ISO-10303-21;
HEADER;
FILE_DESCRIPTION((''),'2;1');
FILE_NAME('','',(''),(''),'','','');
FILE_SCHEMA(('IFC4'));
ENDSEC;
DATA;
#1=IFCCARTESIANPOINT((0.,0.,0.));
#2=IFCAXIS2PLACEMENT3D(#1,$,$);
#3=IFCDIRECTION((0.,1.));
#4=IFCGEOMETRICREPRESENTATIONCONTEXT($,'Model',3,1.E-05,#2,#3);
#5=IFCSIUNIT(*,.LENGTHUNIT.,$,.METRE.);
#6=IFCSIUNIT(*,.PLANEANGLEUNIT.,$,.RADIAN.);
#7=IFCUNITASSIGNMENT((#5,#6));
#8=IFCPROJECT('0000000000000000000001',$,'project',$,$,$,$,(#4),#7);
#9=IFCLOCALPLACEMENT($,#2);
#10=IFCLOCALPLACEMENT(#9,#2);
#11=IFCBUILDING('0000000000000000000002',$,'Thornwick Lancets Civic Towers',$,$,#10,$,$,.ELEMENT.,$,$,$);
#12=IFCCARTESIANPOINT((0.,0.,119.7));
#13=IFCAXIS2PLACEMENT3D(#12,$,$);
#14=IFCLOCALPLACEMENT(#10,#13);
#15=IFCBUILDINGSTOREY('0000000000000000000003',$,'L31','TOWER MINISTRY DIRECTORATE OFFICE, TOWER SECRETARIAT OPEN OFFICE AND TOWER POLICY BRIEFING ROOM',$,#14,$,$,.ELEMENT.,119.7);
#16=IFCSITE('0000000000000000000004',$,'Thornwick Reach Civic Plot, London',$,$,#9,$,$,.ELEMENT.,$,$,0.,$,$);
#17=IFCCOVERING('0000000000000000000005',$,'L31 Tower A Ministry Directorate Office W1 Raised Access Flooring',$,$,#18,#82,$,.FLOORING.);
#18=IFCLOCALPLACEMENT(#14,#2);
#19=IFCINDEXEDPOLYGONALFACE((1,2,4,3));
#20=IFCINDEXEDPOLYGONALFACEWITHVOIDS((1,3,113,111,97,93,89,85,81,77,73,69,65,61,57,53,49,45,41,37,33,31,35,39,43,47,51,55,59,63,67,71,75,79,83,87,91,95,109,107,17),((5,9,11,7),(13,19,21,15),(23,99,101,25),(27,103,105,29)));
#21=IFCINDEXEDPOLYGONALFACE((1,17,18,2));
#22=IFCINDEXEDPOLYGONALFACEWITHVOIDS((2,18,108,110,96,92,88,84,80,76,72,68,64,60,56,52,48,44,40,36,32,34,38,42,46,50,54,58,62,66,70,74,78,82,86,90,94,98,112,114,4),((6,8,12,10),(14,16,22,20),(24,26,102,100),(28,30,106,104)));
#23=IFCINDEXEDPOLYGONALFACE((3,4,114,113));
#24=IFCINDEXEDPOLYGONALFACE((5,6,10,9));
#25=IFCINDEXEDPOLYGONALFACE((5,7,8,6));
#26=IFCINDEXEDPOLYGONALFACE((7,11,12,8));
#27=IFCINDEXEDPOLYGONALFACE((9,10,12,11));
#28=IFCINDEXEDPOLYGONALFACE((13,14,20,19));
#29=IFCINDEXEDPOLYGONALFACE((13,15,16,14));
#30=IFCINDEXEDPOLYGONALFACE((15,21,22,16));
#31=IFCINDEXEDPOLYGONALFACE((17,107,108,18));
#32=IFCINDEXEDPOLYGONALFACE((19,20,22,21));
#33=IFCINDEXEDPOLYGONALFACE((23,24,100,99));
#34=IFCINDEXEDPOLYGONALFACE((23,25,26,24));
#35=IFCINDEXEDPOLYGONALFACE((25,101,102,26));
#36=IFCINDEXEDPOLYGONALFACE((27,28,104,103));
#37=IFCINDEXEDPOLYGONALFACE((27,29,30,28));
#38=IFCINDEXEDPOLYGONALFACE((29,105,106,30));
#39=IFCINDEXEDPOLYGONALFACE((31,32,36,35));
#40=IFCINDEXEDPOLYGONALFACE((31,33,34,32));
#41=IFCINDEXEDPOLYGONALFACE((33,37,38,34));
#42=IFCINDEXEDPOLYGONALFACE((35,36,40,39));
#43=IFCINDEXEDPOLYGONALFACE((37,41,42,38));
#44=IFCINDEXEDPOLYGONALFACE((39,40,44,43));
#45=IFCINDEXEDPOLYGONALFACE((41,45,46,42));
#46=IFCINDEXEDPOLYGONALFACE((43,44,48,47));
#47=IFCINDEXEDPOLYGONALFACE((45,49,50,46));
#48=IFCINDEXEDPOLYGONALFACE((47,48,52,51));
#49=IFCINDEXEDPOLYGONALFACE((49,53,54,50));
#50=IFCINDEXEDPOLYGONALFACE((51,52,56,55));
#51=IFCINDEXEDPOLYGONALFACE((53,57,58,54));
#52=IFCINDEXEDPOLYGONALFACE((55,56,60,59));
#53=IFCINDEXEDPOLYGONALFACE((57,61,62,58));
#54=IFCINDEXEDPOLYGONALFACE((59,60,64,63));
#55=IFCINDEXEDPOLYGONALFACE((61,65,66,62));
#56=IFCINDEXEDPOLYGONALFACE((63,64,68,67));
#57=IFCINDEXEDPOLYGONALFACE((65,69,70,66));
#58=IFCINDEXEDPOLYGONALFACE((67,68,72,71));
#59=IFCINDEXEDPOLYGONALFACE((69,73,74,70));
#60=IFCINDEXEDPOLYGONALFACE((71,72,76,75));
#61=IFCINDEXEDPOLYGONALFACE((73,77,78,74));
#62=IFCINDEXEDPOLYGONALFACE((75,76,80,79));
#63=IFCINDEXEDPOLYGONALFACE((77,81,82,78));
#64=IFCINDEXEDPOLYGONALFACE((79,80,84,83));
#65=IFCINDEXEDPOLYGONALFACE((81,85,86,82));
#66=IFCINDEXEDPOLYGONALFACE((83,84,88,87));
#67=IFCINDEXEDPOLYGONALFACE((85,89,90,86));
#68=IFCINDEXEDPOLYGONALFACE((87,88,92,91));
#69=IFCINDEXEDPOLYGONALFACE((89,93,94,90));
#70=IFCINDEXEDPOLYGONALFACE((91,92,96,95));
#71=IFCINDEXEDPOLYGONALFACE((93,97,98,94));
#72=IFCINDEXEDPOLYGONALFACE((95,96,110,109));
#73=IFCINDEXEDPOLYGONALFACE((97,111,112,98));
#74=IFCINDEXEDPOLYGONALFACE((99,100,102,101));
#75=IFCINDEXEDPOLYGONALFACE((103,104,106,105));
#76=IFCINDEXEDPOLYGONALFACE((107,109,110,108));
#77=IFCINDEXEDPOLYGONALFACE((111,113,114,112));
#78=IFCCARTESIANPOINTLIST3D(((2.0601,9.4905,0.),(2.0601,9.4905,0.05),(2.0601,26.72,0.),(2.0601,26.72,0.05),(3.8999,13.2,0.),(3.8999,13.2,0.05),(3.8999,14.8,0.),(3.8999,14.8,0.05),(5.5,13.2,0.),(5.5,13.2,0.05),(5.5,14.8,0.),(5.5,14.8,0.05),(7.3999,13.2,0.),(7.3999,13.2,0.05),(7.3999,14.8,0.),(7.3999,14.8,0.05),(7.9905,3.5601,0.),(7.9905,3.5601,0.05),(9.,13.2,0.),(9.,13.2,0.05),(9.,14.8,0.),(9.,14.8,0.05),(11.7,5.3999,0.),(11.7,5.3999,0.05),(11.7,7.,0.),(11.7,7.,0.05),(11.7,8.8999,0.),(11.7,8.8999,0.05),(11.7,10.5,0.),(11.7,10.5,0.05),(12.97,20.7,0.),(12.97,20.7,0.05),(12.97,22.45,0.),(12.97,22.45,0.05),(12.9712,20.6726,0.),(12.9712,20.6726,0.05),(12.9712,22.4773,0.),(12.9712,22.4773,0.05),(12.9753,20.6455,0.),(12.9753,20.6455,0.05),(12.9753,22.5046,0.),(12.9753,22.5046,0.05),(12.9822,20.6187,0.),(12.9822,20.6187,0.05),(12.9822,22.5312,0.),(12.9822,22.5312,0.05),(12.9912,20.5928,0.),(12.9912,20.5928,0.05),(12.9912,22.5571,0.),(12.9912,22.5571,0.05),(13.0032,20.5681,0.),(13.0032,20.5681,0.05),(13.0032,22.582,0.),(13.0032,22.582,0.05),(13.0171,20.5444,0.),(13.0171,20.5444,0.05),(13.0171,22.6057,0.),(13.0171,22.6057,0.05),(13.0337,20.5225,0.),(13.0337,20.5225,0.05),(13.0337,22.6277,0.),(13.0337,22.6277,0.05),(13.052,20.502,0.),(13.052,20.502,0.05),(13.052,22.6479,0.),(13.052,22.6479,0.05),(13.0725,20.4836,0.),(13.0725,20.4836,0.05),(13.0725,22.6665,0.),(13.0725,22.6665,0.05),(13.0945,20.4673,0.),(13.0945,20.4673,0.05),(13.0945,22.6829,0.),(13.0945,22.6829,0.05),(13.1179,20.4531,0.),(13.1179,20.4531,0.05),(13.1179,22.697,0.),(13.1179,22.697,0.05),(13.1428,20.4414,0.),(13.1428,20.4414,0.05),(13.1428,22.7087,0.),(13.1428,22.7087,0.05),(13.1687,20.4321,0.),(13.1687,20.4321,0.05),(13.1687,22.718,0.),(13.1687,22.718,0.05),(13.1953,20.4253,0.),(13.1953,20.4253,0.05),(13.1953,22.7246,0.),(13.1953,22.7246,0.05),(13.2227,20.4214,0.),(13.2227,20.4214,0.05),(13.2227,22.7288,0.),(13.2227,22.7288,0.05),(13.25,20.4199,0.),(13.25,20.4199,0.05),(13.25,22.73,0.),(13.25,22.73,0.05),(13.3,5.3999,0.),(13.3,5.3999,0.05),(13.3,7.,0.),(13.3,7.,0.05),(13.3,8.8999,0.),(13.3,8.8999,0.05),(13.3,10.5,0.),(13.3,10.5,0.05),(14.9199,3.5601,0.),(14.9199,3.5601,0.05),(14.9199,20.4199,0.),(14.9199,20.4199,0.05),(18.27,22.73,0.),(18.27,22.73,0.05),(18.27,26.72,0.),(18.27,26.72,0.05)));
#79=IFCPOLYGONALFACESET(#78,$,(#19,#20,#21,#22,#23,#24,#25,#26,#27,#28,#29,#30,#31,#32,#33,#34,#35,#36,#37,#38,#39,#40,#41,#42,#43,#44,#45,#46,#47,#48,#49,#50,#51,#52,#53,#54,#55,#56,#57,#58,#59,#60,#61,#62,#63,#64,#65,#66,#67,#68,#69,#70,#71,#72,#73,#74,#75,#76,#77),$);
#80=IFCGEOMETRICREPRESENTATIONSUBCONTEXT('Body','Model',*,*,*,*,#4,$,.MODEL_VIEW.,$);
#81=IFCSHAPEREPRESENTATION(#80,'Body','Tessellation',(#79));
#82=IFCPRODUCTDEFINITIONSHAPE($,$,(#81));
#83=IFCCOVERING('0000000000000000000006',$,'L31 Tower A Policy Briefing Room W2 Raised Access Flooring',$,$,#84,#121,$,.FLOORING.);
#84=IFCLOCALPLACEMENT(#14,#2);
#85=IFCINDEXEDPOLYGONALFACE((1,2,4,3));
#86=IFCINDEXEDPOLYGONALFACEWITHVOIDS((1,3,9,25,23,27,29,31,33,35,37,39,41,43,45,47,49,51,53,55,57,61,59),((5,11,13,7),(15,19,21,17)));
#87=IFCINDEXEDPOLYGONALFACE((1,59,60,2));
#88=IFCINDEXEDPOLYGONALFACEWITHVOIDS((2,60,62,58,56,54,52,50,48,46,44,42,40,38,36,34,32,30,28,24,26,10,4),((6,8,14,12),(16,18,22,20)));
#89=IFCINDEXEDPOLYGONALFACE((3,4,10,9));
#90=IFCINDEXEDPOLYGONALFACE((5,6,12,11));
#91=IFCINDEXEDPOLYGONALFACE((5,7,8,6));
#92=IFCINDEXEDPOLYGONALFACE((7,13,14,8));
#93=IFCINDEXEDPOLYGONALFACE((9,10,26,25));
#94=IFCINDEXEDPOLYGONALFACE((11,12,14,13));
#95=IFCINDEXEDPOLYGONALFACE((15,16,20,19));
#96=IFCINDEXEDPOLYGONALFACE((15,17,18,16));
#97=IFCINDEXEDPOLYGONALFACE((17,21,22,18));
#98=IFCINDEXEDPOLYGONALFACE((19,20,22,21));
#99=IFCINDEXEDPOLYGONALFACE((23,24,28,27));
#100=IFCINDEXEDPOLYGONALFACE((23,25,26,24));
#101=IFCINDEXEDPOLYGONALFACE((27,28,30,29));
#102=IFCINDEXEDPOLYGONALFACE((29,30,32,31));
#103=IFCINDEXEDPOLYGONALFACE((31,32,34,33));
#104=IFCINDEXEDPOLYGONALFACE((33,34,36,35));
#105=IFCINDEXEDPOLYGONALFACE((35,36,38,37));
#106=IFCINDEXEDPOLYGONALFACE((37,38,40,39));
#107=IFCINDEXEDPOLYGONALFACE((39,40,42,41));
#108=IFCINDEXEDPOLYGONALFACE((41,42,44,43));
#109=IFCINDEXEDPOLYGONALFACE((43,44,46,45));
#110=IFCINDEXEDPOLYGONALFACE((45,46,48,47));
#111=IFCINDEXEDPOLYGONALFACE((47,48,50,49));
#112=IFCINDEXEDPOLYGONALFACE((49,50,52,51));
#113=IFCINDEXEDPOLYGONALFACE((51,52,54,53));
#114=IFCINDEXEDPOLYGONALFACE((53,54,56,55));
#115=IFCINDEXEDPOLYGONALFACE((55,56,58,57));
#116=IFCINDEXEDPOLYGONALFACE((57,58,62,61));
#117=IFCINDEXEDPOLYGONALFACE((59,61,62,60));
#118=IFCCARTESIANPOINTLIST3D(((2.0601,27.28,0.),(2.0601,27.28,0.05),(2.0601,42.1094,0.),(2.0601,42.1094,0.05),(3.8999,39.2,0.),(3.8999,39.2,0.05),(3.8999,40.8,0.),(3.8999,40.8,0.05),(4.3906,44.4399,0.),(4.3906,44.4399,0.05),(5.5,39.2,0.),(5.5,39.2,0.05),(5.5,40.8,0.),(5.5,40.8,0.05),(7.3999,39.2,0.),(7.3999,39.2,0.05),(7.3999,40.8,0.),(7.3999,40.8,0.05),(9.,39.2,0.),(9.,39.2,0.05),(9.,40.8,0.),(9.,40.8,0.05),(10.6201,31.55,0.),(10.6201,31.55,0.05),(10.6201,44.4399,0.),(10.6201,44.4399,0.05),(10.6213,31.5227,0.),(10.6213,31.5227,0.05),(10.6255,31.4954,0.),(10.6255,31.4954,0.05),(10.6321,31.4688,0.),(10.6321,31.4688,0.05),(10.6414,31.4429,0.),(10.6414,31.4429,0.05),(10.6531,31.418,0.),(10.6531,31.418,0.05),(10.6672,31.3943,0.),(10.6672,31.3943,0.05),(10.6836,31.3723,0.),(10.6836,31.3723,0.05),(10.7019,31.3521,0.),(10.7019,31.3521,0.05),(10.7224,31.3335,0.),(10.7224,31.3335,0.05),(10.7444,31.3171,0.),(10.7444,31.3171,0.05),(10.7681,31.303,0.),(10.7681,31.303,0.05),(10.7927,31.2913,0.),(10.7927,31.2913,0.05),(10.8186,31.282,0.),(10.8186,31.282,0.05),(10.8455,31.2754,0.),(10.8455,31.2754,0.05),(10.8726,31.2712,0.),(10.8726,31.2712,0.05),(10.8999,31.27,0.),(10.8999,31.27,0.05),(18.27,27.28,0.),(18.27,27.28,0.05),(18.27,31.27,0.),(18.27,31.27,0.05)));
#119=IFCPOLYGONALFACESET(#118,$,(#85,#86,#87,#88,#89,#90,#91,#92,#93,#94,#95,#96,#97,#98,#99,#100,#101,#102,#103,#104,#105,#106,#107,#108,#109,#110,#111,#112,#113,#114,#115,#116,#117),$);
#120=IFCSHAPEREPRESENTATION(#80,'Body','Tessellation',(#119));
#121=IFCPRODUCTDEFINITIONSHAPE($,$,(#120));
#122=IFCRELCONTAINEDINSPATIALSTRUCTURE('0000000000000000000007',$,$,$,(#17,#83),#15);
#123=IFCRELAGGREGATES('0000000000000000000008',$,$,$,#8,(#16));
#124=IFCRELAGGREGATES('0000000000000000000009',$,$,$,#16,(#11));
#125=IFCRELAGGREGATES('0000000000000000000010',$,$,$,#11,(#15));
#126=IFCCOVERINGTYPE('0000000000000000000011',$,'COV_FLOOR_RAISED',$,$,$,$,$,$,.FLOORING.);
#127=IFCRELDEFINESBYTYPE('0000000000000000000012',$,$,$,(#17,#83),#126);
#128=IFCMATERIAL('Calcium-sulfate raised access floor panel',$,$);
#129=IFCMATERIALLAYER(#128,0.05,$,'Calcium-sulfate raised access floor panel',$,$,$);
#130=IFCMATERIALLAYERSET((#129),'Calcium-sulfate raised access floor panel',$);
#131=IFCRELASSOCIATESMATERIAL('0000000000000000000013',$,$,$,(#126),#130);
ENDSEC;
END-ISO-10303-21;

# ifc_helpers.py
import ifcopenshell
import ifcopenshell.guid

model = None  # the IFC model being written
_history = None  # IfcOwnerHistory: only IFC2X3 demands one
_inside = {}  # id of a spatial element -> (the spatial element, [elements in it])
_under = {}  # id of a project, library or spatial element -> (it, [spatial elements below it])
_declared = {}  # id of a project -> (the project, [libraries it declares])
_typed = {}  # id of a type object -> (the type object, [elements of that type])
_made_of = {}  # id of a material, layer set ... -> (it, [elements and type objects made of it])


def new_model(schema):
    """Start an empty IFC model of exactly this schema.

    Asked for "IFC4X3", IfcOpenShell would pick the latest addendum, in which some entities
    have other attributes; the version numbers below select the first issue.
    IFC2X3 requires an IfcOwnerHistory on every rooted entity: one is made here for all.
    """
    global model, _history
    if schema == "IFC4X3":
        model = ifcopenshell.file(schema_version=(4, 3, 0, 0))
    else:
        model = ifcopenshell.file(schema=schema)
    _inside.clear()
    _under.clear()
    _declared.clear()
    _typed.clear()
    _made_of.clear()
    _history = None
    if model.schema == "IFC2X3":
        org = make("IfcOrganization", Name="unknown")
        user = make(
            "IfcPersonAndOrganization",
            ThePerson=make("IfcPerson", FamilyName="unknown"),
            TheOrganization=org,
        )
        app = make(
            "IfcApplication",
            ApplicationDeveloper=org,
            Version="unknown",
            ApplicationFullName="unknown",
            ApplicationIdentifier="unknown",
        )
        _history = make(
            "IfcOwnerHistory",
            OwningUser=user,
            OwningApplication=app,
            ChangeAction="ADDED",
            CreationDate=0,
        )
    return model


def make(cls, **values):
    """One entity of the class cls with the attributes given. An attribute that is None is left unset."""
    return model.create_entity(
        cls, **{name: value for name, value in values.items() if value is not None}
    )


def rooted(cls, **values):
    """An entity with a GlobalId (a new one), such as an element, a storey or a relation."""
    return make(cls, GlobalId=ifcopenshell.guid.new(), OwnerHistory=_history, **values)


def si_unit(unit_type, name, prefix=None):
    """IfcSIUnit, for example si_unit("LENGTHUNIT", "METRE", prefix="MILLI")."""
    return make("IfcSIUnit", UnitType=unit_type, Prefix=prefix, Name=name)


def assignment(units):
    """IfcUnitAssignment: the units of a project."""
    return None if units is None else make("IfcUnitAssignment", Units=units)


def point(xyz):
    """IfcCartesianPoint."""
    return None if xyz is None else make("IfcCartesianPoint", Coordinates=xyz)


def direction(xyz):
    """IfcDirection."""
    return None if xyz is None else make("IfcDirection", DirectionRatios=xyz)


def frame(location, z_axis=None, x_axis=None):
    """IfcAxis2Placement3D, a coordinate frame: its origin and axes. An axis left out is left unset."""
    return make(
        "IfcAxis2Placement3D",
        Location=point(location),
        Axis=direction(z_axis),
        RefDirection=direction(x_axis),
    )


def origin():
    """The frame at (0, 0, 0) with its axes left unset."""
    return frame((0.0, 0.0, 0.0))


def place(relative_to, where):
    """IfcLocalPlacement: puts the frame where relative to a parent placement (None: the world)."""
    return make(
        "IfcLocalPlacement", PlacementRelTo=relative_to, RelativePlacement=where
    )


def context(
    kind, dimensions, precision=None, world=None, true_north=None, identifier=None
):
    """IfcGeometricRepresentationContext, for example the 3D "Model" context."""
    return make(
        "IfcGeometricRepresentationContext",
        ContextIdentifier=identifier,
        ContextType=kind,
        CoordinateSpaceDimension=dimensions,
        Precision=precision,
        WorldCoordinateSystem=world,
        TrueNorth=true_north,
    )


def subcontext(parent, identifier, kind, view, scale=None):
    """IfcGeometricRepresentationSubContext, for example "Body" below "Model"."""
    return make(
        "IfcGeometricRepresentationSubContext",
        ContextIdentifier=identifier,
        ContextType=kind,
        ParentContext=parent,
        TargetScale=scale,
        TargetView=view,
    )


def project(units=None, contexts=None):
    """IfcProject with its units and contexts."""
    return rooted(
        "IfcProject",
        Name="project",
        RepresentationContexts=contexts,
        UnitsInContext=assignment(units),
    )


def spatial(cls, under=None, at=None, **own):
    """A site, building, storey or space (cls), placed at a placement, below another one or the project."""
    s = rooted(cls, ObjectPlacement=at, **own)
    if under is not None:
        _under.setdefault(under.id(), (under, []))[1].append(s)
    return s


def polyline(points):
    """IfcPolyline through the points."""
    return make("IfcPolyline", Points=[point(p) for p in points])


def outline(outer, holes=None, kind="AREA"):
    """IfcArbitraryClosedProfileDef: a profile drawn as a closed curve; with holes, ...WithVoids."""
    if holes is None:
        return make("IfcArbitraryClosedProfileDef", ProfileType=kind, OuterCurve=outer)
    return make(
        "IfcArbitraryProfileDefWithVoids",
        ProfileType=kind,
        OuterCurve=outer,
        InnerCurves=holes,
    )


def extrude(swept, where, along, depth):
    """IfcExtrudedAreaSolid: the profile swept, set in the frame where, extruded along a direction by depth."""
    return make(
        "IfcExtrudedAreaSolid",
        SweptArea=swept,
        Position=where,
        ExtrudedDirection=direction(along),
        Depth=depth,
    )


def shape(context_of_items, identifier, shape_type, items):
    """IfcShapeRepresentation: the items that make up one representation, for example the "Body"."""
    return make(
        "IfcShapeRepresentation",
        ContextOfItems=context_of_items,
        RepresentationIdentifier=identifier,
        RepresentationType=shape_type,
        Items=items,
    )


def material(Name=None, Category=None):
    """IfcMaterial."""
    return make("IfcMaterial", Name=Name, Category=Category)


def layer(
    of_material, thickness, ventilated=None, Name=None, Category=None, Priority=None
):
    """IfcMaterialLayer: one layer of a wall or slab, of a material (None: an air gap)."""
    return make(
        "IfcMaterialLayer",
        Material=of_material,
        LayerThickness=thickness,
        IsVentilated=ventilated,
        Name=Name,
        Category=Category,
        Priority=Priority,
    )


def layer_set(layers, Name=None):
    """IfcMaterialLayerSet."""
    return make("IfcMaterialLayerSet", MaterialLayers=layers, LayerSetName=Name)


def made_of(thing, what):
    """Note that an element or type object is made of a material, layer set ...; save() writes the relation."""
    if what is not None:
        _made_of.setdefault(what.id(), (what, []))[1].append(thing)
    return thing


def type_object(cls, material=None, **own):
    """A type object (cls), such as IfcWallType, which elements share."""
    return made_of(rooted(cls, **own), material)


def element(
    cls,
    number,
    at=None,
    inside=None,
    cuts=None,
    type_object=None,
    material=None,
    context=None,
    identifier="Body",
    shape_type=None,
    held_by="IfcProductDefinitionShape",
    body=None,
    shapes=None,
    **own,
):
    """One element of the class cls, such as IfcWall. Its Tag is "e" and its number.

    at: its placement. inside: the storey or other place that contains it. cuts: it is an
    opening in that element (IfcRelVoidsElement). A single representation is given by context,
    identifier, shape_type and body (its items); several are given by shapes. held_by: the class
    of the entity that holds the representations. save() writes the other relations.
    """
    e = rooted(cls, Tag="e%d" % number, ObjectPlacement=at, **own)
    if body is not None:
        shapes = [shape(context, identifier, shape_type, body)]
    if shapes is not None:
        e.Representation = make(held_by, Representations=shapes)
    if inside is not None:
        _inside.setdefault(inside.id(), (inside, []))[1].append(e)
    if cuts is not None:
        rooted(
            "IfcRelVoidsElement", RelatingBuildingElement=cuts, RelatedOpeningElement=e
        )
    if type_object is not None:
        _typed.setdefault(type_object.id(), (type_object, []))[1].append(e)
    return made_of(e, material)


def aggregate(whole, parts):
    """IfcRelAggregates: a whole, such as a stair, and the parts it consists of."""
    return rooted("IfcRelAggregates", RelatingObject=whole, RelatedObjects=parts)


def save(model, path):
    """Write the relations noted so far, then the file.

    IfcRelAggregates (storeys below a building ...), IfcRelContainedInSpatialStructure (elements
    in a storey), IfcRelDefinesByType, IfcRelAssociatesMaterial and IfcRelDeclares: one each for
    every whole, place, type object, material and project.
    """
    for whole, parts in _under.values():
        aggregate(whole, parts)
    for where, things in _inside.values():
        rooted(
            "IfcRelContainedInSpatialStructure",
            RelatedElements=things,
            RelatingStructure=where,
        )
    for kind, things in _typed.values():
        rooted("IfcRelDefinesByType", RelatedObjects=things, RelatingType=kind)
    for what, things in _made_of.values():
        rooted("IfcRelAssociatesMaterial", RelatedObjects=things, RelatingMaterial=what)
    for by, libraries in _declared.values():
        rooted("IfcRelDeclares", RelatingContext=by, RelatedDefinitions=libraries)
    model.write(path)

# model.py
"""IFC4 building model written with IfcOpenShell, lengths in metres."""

from ifc_helpers import new_model, si_unit, direction, frame, origin, place, context, subcontext, project, spatial, polyline, outline, extrude, material, layer, layer_set, type_object, element, save


model = new_model("IFC4")

# Units and contexts
model_context = context("Model", 3, precision=1e-05, world=origin(), true_north=direction((0.0, 1.0)))
body_context = subcontext(model_context, "Body", "Model", "MODEL_VIEW")
ifc_project = project(units=[si_unit("LENGTHUNIT", "METRE"), si_unit("PLANEANGLEUNIT", "RADIAN")], contexts=[model_context])

# Site, building, storey
site_placement = place(None, origin())
site = spatial("IfcSite", under=ifc_project, at=site_placement, Name="Thornwick Reach Civic Plot, London", CompositionType="ELEMENT", RefElevation=0.0)
building_placement = place(site_placement, origin())
building = spatial("IfcBuilding", under=site, at=building_placement, Name="Thornwick Lancets Civic Towers", CompositionType="ELEMENT")
storey_placement = place(building_placement, frame((0.0, 0.0, 119.7)))
storey = spatial("IfcBuildingStorey", under=building, at=storey_placement, Name="L31", Description="TOWER MINISTRY DIRECTORATE OFFICE, TOWER SECRETARIAT OPEN OFFICE AND TOWER POLICY BRIEFING ROOM", CompositionType="ELEMENT", Elevation=119.7)

# Coverings
ifc_material_1 = material(Name="Calcium-sulfate raised access floor panel")
ifc_layer_1 = layer(ifc_material_1, 0.05, Name="Calcium-sulfate raised access floor panel")
ifc_layer_set_1 = layer_set([ifc_layer_1], Name="Calcium-sulfate raised access floor panel")
covering_type_1 = type_object("IfcCoveringType", Name="COV_FLOOR_RAISED", PredefinedType="FLOORING", material=ifc_layer_set_1)
covering_1_placement = place(storey_placement, origin())
element("IfcCovering", 1, at=covering_1_placement, inside=storey, type_object=covering_type_1, Name="L31 Tower A Ministry Directorate Office W1 Raised Access Flooring", PredefinedType="FLOORING", context=body_context, shape_type="SweptSolid", body=[
    extrude(outline(polyline([(18.27, 22.73), (13.25, 22.73), (13.2227, 22.7288), (13.1953, 22.7246), (13.1687, 22.718), (13.1428, 22.7087), (13.1179, 22.697), (13.0945, 22.6829), (13.0725, 22.6665), (13.052, 22.6479), (13.0337, 22.6277), (13.0171, 22.6057), (13.0032, 22.582), (12.9912, 22.5571), (12.9822, 22.5312), (12.9753, 22.5046), (12.9712, 22.4773), (12.97, 22.45), (12.97, 20.7), (12.9712, 20.6726), (12.9753, 20.6455), (12.9822, 20.6187), (12.9912, 20.5928), (13.0032, 20.5681), (13.0171, 20.5444), (13.0337, 20.5225), (13.052, 20.502), (13.0725, 20.4836), (13.0945, 20.4673), (13.1179, 20.4531), (13.1428, 20.4414), (13.1687, 20.4321), (13.1953, 20.4253), (13.2227, 20.4214), (13.25, 20.4199), (14.9199, 20.4199), (14.9199, 3.5601), (7.9905, 3.5601), (2.0601, 9.4905), (2.0601, 26.72), (18.27, 26.72), (18.27, 22.73)]), holes=[polyline([(11.7, 8.8999), (13.3, 8.8999), (13.3, 10.5), (11.7, 10.5), (11.7, 8.8999)]), polyline([(7.3999, 13.2), (9.0, 13.2), (9.0, 14.8), (7.3999, 14.8), (7.3999, 13.2)]), polyline([(11.7, 5.3999), (13.3, 5.3999), (13.3, 7.0), (11.7, 7.0), (11.7, 5.3999)]), polyline([(3.8999, 13.2), (5.5, 13.2), (5.5, 14.8), (3.8999, 14.8), (3.8999, 13.2)])]), origin(), (0.0, 0.0, 1.0), 0.05),
])
covering_2_placement = place(storey_placement, origin())
element("IfcCovering", 2, at=covering_2_placement, inside=storey, type_object=covering_type_1, Name="L31 Tower A Policy Briefing Room W2 Raised Access Flooring", PredefinedType="FLOORING", context=body_context, shape_type="SweptSolid", body=[
    extrude(outline(polyline([(18.27, 31.27), (18.27, 27.28), (2.0601, 27.28), (2.0601, 42.1094), (4.3906, 44.4399), (10.6201, 44.4399), (10.6201, 31.55), (10.6213, 31.5227), (10.6255, 31.4954), (10.6321, 31.4688), (10.6414, 31.4429), (10.6531, 31.418), (10.6672, 31.3943), (10.6836, 31.3723), (10.7019, 31.3521), (10.7224, 31.3335), (10.7444, 31.3171), (10.7681, 31.303), (10.7927, 31.2913), (10.8186, 31.282), (10.8455, 31.2754), (10.8726, 31.2712), (10.8999, 31.27), (18.27, 31.27)]), holes=[polyline([(7.3999, 39.2), (9.0, 39.2), (9.0, 40.8), (7.3999, 40.8), (7.3999, 39.2)]), polyline([(3.8999, 39.2), (5.5, 39.2), (5.5, 40.8), (3.8999, 40.8), (3.8999, 39.2)])]), origin(), (0.0, 0.0, 1.0), 0.05),
])

save(model, "model.ifc")
